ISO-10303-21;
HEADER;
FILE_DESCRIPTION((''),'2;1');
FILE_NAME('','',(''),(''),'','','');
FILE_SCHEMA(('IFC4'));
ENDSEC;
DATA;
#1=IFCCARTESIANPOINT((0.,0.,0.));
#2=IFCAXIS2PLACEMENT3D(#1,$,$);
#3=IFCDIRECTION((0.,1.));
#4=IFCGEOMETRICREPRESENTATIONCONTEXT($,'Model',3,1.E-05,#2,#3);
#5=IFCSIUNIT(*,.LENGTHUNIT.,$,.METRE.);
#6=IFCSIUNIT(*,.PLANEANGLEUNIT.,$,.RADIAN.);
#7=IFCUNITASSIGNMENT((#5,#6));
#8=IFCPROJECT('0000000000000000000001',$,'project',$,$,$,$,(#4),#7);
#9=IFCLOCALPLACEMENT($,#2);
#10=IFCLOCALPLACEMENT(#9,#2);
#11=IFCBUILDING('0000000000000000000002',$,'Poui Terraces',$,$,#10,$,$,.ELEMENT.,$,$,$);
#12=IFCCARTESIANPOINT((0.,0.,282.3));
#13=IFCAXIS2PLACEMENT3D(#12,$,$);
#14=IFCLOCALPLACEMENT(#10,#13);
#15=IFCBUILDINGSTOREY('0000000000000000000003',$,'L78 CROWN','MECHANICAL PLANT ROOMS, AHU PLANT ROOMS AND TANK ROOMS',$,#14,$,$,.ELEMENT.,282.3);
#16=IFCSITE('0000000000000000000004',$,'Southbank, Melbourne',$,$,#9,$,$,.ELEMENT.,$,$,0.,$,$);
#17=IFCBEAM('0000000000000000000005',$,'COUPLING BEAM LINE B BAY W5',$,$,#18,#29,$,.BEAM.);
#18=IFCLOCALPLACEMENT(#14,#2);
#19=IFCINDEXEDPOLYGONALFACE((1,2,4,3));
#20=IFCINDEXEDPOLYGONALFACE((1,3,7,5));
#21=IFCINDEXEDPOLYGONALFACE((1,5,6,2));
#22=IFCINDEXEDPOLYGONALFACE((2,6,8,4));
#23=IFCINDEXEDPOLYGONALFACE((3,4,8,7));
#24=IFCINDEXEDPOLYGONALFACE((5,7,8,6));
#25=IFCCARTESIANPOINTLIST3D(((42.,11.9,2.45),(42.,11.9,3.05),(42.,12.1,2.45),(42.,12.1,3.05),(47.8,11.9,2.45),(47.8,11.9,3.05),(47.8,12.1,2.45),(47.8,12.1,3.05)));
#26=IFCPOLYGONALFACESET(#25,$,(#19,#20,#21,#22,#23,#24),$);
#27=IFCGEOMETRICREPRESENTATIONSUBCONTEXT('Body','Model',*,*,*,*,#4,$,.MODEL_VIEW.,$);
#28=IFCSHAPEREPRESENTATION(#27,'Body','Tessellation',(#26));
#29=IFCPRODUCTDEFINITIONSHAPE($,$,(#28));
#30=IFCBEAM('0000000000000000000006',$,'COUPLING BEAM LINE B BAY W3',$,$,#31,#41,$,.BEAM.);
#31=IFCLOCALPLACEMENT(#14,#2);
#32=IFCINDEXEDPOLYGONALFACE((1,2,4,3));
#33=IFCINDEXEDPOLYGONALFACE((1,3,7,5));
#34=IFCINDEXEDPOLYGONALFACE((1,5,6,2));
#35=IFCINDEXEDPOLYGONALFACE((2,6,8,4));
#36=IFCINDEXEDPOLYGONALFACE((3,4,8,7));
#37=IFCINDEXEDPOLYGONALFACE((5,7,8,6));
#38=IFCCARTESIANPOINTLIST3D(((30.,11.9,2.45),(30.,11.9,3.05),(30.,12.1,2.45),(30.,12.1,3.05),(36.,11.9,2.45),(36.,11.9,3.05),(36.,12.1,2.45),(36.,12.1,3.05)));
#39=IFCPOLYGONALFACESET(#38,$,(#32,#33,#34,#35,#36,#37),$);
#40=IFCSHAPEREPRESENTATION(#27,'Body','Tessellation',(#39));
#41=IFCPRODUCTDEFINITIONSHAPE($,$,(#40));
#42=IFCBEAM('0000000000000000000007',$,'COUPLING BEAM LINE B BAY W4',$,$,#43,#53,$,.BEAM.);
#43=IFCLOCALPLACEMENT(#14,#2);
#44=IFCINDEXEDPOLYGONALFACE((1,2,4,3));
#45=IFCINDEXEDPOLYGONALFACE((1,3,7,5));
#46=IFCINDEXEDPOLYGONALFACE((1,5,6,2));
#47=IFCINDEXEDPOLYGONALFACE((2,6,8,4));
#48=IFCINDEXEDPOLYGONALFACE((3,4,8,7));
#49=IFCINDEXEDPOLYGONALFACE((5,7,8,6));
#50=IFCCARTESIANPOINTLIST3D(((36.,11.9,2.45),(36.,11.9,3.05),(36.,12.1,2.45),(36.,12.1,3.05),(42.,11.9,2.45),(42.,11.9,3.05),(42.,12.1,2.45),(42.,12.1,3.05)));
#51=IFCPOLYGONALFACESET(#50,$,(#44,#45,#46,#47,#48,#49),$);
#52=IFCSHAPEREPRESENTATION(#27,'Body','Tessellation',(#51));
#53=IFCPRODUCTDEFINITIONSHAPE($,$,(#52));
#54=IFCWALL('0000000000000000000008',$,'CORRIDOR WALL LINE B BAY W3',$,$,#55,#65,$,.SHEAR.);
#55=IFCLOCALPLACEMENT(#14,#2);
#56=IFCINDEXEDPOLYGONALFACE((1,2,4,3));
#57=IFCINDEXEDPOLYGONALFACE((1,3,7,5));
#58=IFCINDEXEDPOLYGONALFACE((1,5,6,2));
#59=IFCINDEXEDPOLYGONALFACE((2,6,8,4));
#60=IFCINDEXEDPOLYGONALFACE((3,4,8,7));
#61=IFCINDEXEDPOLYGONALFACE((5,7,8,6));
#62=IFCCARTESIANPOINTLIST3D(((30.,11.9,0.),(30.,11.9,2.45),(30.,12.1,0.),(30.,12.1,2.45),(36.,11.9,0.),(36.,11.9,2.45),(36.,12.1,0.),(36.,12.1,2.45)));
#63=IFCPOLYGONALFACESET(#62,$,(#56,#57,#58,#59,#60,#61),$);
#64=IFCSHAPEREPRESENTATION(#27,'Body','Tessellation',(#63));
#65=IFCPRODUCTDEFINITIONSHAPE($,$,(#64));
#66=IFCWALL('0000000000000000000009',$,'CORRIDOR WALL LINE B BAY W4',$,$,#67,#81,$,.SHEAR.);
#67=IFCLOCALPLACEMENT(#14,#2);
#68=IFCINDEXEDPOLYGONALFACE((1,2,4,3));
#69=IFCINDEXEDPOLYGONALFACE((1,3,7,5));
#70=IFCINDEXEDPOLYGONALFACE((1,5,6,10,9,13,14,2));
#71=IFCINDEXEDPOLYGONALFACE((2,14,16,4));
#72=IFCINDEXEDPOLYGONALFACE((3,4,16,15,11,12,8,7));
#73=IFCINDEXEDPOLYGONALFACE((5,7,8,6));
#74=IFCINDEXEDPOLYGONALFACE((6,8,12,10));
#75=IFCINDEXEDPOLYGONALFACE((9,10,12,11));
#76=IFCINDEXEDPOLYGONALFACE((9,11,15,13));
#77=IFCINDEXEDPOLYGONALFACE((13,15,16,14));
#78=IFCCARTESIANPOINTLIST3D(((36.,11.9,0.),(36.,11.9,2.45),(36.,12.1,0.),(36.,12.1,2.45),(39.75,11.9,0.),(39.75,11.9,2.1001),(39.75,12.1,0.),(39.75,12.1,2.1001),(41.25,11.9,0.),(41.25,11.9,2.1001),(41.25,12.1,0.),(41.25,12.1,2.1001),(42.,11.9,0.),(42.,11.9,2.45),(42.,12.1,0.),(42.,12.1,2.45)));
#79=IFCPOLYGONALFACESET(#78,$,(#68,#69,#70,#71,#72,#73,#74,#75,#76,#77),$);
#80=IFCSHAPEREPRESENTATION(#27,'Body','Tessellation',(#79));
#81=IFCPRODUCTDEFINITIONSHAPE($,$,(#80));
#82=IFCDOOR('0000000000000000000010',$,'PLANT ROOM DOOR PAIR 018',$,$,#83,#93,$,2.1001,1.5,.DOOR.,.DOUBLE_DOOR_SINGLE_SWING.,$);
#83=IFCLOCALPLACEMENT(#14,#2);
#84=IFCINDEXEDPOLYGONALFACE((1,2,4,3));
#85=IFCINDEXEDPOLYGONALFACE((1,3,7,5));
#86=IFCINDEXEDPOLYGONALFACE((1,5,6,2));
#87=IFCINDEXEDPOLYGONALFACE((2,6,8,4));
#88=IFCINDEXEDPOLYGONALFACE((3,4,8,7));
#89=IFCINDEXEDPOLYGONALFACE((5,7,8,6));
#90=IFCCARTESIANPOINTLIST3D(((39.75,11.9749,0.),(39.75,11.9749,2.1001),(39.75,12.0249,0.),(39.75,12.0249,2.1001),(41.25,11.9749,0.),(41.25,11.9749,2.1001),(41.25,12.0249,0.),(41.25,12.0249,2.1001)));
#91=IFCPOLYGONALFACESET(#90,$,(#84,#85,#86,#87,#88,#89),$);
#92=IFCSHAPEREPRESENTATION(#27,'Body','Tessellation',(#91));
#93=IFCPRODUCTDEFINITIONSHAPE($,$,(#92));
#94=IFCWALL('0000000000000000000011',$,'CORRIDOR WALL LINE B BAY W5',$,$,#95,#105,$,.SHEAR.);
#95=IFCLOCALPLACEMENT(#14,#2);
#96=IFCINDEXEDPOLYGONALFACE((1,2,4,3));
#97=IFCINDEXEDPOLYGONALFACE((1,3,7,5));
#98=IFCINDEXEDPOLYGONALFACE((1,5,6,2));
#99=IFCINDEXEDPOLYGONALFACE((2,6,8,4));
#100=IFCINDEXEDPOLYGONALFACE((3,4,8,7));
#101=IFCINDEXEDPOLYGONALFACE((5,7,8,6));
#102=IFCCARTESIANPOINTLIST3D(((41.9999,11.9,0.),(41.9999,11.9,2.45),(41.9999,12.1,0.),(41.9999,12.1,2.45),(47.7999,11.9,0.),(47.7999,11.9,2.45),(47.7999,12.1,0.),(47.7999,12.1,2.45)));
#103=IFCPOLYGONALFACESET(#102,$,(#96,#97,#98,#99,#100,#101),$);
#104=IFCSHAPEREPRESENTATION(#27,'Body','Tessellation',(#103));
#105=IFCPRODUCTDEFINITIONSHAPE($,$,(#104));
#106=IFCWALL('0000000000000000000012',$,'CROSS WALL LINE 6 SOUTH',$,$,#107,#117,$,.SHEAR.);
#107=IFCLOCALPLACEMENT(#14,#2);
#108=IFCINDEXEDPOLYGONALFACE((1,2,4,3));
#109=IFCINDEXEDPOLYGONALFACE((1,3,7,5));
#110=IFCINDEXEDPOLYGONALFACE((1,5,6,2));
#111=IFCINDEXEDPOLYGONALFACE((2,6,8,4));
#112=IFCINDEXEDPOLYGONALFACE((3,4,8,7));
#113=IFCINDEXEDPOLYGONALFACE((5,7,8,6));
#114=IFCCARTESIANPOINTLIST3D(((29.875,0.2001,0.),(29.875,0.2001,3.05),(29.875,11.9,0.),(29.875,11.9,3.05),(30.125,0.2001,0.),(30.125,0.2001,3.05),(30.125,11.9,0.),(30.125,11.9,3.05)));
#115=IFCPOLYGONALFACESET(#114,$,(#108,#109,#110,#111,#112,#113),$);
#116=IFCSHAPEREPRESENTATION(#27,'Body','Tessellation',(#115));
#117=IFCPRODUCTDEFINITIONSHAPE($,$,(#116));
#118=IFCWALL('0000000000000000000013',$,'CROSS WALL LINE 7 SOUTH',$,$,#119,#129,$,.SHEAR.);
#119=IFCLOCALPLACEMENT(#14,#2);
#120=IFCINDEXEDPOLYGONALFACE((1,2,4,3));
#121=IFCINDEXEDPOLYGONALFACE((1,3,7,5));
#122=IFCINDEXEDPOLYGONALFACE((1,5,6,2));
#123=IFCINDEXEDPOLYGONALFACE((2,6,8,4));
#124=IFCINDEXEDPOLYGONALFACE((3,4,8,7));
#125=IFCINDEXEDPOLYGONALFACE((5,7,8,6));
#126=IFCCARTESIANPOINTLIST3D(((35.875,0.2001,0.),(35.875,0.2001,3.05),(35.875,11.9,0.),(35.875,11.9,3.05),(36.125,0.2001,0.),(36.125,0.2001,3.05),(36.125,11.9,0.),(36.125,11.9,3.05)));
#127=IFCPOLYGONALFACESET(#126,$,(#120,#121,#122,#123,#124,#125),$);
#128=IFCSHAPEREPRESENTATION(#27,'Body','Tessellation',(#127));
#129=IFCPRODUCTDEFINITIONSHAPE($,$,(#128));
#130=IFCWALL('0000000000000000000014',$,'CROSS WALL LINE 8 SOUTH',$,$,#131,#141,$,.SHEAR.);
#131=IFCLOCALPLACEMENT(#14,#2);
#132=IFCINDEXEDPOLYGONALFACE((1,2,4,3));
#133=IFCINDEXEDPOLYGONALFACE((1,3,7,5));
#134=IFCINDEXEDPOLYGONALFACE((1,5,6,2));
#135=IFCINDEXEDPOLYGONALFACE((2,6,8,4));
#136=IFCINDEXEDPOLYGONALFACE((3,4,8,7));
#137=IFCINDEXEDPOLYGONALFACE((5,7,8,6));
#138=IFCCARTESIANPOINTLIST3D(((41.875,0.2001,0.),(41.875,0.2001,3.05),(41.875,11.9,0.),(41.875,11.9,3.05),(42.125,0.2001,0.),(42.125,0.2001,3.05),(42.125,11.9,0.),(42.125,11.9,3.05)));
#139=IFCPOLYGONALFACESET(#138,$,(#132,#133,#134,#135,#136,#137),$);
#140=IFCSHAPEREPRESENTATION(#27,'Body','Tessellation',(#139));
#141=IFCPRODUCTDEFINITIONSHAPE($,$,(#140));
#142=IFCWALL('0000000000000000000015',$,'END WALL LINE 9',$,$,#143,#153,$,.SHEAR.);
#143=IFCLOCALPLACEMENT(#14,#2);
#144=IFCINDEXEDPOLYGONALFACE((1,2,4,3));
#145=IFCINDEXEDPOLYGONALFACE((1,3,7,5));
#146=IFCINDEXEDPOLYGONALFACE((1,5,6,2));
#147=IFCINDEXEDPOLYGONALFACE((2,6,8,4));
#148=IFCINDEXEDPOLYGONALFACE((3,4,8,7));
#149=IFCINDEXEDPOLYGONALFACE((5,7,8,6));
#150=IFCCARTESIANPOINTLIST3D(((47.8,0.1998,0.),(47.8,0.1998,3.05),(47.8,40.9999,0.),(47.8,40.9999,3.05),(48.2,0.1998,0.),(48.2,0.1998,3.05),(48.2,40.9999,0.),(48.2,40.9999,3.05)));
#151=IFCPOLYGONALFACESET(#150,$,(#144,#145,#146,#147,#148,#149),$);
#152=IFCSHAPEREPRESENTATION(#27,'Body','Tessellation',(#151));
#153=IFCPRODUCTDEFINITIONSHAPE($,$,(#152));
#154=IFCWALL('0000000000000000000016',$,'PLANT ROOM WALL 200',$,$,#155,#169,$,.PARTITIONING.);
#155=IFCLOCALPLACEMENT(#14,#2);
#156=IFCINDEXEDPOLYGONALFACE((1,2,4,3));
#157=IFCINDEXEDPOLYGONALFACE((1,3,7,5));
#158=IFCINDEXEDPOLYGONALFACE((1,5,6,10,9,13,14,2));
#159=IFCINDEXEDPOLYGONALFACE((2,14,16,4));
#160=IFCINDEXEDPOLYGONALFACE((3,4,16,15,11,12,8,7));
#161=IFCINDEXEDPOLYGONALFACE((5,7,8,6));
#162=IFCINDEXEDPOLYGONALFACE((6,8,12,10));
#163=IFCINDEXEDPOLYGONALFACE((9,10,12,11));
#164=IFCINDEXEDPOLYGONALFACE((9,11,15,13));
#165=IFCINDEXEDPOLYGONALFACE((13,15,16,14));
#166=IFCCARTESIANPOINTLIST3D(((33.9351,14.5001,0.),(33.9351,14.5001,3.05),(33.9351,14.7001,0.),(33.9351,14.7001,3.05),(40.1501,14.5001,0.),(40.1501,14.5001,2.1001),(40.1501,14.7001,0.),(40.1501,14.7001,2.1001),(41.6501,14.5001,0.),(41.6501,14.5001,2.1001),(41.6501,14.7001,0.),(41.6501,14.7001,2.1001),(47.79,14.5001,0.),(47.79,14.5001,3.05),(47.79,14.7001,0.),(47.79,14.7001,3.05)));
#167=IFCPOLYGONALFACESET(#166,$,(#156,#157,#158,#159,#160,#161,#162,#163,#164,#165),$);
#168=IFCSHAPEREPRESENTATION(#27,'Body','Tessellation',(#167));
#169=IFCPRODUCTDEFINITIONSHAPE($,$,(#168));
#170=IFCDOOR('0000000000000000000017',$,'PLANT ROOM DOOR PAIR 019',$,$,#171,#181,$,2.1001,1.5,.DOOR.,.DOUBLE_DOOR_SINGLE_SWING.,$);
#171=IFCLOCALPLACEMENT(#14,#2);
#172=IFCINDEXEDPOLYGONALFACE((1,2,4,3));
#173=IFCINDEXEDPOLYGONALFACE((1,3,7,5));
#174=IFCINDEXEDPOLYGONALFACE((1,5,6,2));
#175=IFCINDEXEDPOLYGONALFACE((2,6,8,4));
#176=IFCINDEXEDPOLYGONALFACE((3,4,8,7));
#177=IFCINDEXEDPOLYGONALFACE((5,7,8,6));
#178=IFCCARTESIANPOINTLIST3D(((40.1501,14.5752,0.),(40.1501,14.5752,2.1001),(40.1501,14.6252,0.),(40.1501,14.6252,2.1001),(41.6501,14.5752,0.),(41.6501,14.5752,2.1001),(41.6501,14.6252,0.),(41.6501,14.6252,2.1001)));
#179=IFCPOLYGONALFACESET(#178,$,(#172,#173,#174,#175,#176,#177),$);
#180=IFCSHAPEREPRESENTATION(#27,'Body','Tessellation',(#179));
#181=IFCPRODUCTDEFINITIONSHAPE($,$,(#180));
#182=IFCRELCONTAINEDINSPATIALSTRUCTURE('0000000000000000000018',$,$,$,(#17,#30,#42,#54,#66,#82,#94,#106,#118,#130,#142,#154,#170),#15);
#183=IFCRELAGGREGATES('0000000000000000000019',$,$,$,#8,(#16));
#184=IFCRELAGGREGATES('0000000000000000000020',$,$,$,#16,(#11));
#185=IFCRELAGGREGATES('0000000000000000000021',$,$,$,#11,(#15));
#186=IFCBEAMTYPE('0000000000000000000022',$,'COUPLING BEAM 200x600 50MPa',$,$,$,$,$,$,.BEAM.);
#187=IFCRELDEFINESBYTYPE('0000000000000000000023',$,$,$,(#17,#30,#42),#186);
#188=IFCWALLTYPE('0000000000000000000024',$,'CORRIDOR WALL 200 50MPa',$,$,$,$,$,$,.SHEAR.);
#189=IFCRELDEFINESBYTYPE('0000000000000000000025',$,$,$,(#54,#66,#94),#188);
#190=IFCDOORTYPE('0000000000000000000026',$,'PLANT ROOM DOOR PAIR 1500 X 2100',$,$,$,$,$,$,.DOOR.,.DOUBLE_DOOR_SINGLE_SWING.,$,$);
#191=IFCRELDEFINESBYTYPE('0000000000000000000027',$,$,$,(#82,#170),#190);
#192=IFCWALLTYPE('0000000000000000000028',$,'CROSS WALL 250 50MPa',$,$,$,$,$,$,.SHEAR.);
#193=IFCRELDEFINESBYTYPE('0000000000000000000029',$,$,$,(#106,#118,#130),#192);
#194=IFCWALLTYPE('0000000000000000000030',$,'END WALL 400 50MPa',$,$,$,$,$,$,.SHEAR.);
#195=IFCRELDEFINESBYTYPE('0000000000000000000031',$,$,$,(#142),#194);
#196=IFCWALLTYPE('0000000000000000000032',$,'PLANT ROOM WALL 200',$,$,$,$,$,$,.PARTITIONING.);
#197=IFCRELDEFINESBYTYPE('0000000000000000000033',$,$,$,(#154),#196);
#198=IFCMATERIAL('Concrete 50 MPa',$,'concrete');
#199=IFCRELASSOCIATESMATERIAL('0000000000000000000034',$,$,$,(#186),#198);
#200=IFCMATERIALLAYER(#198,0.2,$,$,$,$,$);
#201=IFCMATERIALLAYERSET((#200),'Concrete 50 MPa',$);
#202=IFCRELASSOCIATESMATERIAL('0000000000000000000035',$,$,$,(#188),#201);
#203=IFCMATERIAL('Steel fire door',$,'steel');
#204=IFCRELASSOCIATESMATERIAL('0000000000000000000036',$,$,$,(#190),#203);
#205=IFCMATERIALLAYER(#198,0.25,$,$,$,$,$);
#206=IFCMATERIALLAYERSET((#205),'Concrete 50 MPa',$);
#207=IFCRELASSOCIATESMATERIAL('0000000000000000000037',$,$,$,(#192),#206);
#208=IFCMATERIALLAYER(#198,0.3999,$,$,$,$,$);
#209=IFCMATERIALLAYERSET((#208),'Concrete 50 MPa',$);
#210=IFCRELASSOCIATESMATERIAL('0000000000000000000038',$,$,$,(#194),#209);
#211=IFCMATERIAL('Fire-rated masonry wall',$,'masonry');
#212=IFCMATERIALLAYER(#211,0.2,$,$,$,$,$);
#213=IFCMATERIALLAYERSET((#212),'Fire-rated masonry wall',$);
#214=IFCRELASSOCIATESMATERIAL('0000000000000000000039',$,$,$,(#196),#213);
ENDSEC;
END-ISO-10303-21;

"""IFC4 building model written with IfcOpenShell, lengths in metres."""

from ifc_helpers import new_model, si_unit, direction, frame, frame_2d, origin, origin_2d, place, context, subcontext, project, spatial, rectangle, extrude, source, transform, mapped, material, layer, layer_set, material_profile, profile_set, type_object, element, fill, save


model = new_model("IFC4")

# Units and contexts
model_context = context("Model", 3, precision=1e-05, world=origin(), true_north=direction((0.0, 1.0)))
body_context = subcontext(model_context, "Body", "Model", "MODEL_VIEW")
ifc_project = project(units=[si_unit("LENGTHUNIT", "METRE"), si_unit("PLANEANGLEUNIT", "RADIAN")], contexts=[model_context])

# Site, building, storey
site_placement = place(None, origin())
site = spatial("IfcSite", under=ifc_project, at=site_placement, Name="Southbank, Melbourne", CompositionType="ELEMENT", RefElevation=0.0)
building_placement = place(site_placement, origin())
building = spatial("IfcBuilding", under=site, at=building_placement, Name="Poui Terraces", CompositionType="ELEMENT")
storey_placement = place(building_placement, frame((0.0, 0.0, 282.3)))
storey = spatial("IfcBuildingStorey", under=building, at=storey_placement, Name="L78 CROWN", Description="MECHANICAL PLANT ROOMS, AHU PLANT ROOMS AND TANK ROOMS", CompositionType="ELEMENT", Elevation=282.3)

# Beams
ifc_material_1 = material(Name="Concrete 50 MPa", Category="concrete")
ifc_material_profile_1 = material_profile(ifc_material_1, rectangle(XDim=0.2, YDim=0.6001, at=origin_2d()), Name="RC 200x600")
ifc_profile_set_1 = profile_set([ifc_material_profile_1], Name="Concrete 50 MPa")
beam_type = type_object("IfcBeamType", Name="COUPLING BEAM 200x600 50MPa", PredefinedType="BEAM", material=ifc_profile_set_1)
shared_shape_1 = source(origin(), body_context, "Body", "SweptSolid", [
    extrude(rectangle(XDim=0.2, YDim=0.6001, at=origin_2d()), origin(), (0.0, 0.0, 1.0), 5.8),
])
beam_placement = place(storey_placement, frame((42.0, 12.0, 2.75), z_axis=(1.0, 0.0, 0.0), x_axis=(0.0, 1.0, 0.0)))
element("IfcBeam", 1, at=beam_placement, inside=storey, type_object=beam_type, Name="COUPLING BEAM LINE B BAY W5", PredefinedType="BEAM", context=body_context, shape_type="MappedRepresentation", body=[
    mapped(shared_shape_1, transform((0.0, 0.0, 0.0))),
])
shared_shape_2 = source(origin(), body_context, "Body", "SweptSolid", [
    extrude(rectangle(XDim=0.2, YDim=0.6001, at=origin_2d()), origin(), (0.0, 0.0, 1.0), 6.0),
])
for number, where, z_axis, x_axis, name in (
    (2, (30.0, 12.0, 2.75), (1.0, 0.0, 0.0), (0.0, 1.0, 0.0), "COUPLING BEAM LINE B BAY W3"),
    (3, (36.0, 12.0, 2.75), (1.0, 0.0, 0.0), (0.0, 1.0, 0.0), "COUPLING BEAM LINE B BAY W4"),
):
    element("IfcBeam", number, at=place(storey_placement, frame(where, z_axis=z_axis, x_axis=x_axis)), inside=storey, type_object=beam_type, Name=name, PredefinedType="BEAM", context=body_context, shape_type="MappedRepresentation", body=[
        mapped(shared_shape_2, transform((0.0, 0.0, 0.0))),
    ])

# Wall
ifc_layer_1 = layer(ifc_material_1, 0.2)
ifc_layer_set_1 = layer_set([ifc_layer_1], Name="Concrete 50 MPa")
wall_type_1 = type_object("IfcWallType", Name="CORRIDOR WALL 200 50MPa", PredefinedType="SHEAR", material=ifc_layer_set_1)
wall_1_placement = place(storey_placement, frame((30.0, 12.0, 0.0), z_axis=(0.0, 0.0, 1.0), x_axis=(1.0, 0.0, 0.0)))
element("IfcWall", 4, at=wall_1_placement, inside=storey, type_object=wall_type_1, Name="CORRIDOR WALL LINE B BAY W3", PredefinedType="SHEAR", context=body_context, shape_type="SweptSolid", body=[
    extrude(rectangle(XDim=6.0, YDim=0.2, at=frame_2d((3.0, 0.0))), origin(), (0.0, 0.0, 1.0), 2.45),
])

# Wall, opening, door
wall_2_placement = place(storey_placement, frame((36.0, 12.0, 0.0), z_axis=(0.0, 0.0, 1.0), x_axis=(1.0, 0.0, 0.0)))
wall_2 = element("IfcWall", 5, at=wall_2_placement, inside=storey, type_object=wall_type_1, Name="CORRIDOR WALL LINE B BAY W4", PredefinedType="SHEAR", context=body_context, shape_type="SweptSolid", body=[
    extrude(rectangle(XDim=6.0, YDim=0.2, at=frame_2d((3.0, 0.0))), origin(), (0.0, 0.0, 1.0), 2.45),
])
opening_1_placement = place(wall_2_placement, frame((3.75, 0.0, 0.0)))
opening_1 = element("IfcOpeningElement", 6, at=opening_1_placement, cuts=wall_2, PredefinedType="OPENING", context=body_context, shape_type="SweptSolid", body=[
    extrude(rectangle(XDim=1.5, YDim=2.1001, at=frame_2d((0.75, 1.05))), frame((0.0, 0.1099, 0.0), z_axis=(0.0, -1.0, 0.0), x_axis=(1.0, 0.0, 0.0)), (0.0, 0.0, 1.0), 0.22),
])
ifc_material_2 = material(Name="Steel fire door", Category="steel")
door_type_1 = type_object("IfcDoorType", Name="PLANT ROOM DOOR PAIR 1500 X 2100", OperationType="DOUBLE_DOOR_SINGLE_SWING", PredefinedType="DOOR", material=ifc_material_2)
door_1_placement = place(opening_1_placement, origin())
door_1 = element("IfcDoor", 7, at=door_1_placement, inside=storey, type_object=door_type_1, Name="PLANT ROOM DOOR PAIR 018", OperationType="DOUBLE_DOOR_SINGLE_SWING", OverallHeight=2.1001, OverallWidth=1.5, PredefinedType="DOOR", context=body_context, shape_type="SweptSolid", body=[
    extrude(rectangle(XDim=1.5, YDim=2.1001, at=frame_2d((0.75, 1.05))), frame((0.0, 0.0249, 0.0), z_axis=(0.0, -1.0, 0.0), x_axis=(1.0, 0.0, 0.0)), (0.0, 0.0, 1.0), 0.05),
])
fill(opening_1, door_1)

# Walls
wall_3_placement = place(storey_placement, frame((42.0, 12.0, 0.0), z_axis=(0.0, 0.0, 1.0), x_axis=(1.0, 0.0, 0.0)))
element("IfcWall", 8, at=wall_3_placement, inside=storey, type_object=wall_type_1, Name="CORRIDOR WALL LINE B BAY W5", PredefinedType="SHEAR", context=body_context, shape_type="SweptSolid", body=[
    extrude(rectangle(XDim=5.8, YDim=0.2, at=frame_2d((2.8999, 0.0))), origin(), (0.0, 0.0, 1.0), 2.45),
])
ifc_layer_2 = layer(ifc_material_1, 0.25)
ifc_layer_set_2 = layer_set([ifc_layer_2], Name="Concrete 50 MPa")
wall_type_2 = type_object("IfcWallType", Name="CROSS WALL 250 50MPa", PredefinedType="SHEAR", material=ifc_layer_set_2)
for number, where, z_axis, x_axis, name in (
    (9, (30.0, 0.2, 0.0), (0.0, 0.0, 1.0), (0.0, 1.0, 0.0), "CROSS WALL LINE 6 SOUTH"),
    (10, (36.0, 0.2, 0.0), (0.0, 0.0, 1.0), (0.0, 1.0, 0.0), "CROSS WALL LINE 7 SOUTH"),
    (11, (42.0, 0.2, 0.0), (0.0, 0.0, 1.0), (0.0, 1.0, 0.0), "CROSS WALL LINE 8 SOUTH"),
):
    element("IfcWall", number, at=place(storey_placement, frame(where, z_axis=z_axis, x_axis=x_axis)), inside=storey, type_object=wall_type_2, Name=name, PredefinedType="SHEAR", context=body_context, shape_type="SweptSolid", body=[
        extrude(rectangle(XDim=11.7, YDim=0.25, at=frame_2d((5.8501, 0.0))), origin(), (0.0, 0.0, 1.0), 3.05),
    ])
ifc_layer_3 = layer(ifc_material_1, 0.3999)
ifc_layer_set_3 = layer_set([ifc_layer_3], Name="Concrete 50 MPa")
wall_type_3 = type_object("IfcWallType", Name="END WALL 400 50MPa", PredefinedType="SHEAR", material=ifc_layer_set_3)
wall_4_placement = place(storey_placement, frame((48.0, 0.2, 0.0), z_axis=(0.0, 0.0, 1.0), x_axis=(0.0, 1.0, 0.0)))
element("IfcWall", 12, at=wall_4_placement, inside=storey, type_object=wall_type_3, Name="END WALL LINE 9", PredefinedType="SHEAR", context=body_context, shape_type="SweptSolid", body=[
    extrude(rectangle(XDim=40.8, YDim=0.3999, at=frame_2d((20.3999, 0.0))), origin(), (0.0, 0.0, 1.0), 3.05),
])

# Wall, opening, door
ifc_material_3 = material(Name="Fire-rated masonry wall", Category="masonry")
ifc_layer_4 = layer(ifc_material_3, 0.2)
ifc_layer_set_4 = layer_set([ifc_layer_4], Name="Fire-rated masonry wall")
wall_type_4 = type_object("IfcWallType", Name="PLANT ROOM WALL 200", PredefinedType="PARTITIONING", material=ifc_layer_set_4)
wall_5_placement = place(storey_placement, frame((33.9351, 14.6001, 0.0), z_axis=(0.0, 0.0, 1.0), x_axis=(1.0, 0.0, 0.0)))
wall_5 = element("IfcWall", 13, at=wall_5_placement, inside=storey, type_object=wall_type_4, Name="PLANT ROOM WALL 200", PredefinedType="PARTITIONING", context=body_context, shape_type="SweptSolid", body=[
    extrude(rectangle(XDim=13.855, YDim=0.2, at=frame_2d((6.9275, 0.0))), origin(), (0.0, 0.0, 1.0), 3.05),
])
opening_2_placement = place(wall_5_placement, frame((6.2151, 0.0, 0.0)))
opening_2 = element("IfcOpeningElement", 14, at=opening_2_placement, cuts=wall_5, PredefinedType="OPENING", context=body_context, shape_type="SweptSolid", body=[
    extrude(rectangle(XDim=1.5, YDim=2.1001, at=frame_2d((0.75, 1.05))), frame((0.0, 0.1099, 0.0), z_axis=(0.0, -1.0, 0.0), x_axis=(1.0, 0.0, 0.0)), (0.0, 0.0, 1.0), 0.22),
])
door_2_placement = place(opening_2_placement, frame((1.5, 0.0, 0.0), z_axis=(0.0, 0.0, 1.0), x_axis=(-1.0, 0.0, 0.0)))
door_2 = element("IfcDoor", 15, at=door_2_placement, inside=storey, type_object=door_type_1, Name="PLANT ROOM DOOR PAIR 019", OperationType="DOUBLE_DOOR_SINGLE_SWING", OverallHeight=2.1001, OverallWidth=1.5, PredefinedType="DOOR", context=body_context, shape_type="SweptSolid", body=[
    extrude(rectangle(XDim=1.5, YDim=2.1001, at=frame_2d((0.75, 1.05))), frame((0.0, 0.0249, 0.0), z_axis=(0.0, -1.0, 0.0), x_axis=(1.0, 0.0, 0.0)), (0.0, 0.0, 1.0), 0.05),
])
fill(opening_2, door_2)

save(model, "model.ifc")
